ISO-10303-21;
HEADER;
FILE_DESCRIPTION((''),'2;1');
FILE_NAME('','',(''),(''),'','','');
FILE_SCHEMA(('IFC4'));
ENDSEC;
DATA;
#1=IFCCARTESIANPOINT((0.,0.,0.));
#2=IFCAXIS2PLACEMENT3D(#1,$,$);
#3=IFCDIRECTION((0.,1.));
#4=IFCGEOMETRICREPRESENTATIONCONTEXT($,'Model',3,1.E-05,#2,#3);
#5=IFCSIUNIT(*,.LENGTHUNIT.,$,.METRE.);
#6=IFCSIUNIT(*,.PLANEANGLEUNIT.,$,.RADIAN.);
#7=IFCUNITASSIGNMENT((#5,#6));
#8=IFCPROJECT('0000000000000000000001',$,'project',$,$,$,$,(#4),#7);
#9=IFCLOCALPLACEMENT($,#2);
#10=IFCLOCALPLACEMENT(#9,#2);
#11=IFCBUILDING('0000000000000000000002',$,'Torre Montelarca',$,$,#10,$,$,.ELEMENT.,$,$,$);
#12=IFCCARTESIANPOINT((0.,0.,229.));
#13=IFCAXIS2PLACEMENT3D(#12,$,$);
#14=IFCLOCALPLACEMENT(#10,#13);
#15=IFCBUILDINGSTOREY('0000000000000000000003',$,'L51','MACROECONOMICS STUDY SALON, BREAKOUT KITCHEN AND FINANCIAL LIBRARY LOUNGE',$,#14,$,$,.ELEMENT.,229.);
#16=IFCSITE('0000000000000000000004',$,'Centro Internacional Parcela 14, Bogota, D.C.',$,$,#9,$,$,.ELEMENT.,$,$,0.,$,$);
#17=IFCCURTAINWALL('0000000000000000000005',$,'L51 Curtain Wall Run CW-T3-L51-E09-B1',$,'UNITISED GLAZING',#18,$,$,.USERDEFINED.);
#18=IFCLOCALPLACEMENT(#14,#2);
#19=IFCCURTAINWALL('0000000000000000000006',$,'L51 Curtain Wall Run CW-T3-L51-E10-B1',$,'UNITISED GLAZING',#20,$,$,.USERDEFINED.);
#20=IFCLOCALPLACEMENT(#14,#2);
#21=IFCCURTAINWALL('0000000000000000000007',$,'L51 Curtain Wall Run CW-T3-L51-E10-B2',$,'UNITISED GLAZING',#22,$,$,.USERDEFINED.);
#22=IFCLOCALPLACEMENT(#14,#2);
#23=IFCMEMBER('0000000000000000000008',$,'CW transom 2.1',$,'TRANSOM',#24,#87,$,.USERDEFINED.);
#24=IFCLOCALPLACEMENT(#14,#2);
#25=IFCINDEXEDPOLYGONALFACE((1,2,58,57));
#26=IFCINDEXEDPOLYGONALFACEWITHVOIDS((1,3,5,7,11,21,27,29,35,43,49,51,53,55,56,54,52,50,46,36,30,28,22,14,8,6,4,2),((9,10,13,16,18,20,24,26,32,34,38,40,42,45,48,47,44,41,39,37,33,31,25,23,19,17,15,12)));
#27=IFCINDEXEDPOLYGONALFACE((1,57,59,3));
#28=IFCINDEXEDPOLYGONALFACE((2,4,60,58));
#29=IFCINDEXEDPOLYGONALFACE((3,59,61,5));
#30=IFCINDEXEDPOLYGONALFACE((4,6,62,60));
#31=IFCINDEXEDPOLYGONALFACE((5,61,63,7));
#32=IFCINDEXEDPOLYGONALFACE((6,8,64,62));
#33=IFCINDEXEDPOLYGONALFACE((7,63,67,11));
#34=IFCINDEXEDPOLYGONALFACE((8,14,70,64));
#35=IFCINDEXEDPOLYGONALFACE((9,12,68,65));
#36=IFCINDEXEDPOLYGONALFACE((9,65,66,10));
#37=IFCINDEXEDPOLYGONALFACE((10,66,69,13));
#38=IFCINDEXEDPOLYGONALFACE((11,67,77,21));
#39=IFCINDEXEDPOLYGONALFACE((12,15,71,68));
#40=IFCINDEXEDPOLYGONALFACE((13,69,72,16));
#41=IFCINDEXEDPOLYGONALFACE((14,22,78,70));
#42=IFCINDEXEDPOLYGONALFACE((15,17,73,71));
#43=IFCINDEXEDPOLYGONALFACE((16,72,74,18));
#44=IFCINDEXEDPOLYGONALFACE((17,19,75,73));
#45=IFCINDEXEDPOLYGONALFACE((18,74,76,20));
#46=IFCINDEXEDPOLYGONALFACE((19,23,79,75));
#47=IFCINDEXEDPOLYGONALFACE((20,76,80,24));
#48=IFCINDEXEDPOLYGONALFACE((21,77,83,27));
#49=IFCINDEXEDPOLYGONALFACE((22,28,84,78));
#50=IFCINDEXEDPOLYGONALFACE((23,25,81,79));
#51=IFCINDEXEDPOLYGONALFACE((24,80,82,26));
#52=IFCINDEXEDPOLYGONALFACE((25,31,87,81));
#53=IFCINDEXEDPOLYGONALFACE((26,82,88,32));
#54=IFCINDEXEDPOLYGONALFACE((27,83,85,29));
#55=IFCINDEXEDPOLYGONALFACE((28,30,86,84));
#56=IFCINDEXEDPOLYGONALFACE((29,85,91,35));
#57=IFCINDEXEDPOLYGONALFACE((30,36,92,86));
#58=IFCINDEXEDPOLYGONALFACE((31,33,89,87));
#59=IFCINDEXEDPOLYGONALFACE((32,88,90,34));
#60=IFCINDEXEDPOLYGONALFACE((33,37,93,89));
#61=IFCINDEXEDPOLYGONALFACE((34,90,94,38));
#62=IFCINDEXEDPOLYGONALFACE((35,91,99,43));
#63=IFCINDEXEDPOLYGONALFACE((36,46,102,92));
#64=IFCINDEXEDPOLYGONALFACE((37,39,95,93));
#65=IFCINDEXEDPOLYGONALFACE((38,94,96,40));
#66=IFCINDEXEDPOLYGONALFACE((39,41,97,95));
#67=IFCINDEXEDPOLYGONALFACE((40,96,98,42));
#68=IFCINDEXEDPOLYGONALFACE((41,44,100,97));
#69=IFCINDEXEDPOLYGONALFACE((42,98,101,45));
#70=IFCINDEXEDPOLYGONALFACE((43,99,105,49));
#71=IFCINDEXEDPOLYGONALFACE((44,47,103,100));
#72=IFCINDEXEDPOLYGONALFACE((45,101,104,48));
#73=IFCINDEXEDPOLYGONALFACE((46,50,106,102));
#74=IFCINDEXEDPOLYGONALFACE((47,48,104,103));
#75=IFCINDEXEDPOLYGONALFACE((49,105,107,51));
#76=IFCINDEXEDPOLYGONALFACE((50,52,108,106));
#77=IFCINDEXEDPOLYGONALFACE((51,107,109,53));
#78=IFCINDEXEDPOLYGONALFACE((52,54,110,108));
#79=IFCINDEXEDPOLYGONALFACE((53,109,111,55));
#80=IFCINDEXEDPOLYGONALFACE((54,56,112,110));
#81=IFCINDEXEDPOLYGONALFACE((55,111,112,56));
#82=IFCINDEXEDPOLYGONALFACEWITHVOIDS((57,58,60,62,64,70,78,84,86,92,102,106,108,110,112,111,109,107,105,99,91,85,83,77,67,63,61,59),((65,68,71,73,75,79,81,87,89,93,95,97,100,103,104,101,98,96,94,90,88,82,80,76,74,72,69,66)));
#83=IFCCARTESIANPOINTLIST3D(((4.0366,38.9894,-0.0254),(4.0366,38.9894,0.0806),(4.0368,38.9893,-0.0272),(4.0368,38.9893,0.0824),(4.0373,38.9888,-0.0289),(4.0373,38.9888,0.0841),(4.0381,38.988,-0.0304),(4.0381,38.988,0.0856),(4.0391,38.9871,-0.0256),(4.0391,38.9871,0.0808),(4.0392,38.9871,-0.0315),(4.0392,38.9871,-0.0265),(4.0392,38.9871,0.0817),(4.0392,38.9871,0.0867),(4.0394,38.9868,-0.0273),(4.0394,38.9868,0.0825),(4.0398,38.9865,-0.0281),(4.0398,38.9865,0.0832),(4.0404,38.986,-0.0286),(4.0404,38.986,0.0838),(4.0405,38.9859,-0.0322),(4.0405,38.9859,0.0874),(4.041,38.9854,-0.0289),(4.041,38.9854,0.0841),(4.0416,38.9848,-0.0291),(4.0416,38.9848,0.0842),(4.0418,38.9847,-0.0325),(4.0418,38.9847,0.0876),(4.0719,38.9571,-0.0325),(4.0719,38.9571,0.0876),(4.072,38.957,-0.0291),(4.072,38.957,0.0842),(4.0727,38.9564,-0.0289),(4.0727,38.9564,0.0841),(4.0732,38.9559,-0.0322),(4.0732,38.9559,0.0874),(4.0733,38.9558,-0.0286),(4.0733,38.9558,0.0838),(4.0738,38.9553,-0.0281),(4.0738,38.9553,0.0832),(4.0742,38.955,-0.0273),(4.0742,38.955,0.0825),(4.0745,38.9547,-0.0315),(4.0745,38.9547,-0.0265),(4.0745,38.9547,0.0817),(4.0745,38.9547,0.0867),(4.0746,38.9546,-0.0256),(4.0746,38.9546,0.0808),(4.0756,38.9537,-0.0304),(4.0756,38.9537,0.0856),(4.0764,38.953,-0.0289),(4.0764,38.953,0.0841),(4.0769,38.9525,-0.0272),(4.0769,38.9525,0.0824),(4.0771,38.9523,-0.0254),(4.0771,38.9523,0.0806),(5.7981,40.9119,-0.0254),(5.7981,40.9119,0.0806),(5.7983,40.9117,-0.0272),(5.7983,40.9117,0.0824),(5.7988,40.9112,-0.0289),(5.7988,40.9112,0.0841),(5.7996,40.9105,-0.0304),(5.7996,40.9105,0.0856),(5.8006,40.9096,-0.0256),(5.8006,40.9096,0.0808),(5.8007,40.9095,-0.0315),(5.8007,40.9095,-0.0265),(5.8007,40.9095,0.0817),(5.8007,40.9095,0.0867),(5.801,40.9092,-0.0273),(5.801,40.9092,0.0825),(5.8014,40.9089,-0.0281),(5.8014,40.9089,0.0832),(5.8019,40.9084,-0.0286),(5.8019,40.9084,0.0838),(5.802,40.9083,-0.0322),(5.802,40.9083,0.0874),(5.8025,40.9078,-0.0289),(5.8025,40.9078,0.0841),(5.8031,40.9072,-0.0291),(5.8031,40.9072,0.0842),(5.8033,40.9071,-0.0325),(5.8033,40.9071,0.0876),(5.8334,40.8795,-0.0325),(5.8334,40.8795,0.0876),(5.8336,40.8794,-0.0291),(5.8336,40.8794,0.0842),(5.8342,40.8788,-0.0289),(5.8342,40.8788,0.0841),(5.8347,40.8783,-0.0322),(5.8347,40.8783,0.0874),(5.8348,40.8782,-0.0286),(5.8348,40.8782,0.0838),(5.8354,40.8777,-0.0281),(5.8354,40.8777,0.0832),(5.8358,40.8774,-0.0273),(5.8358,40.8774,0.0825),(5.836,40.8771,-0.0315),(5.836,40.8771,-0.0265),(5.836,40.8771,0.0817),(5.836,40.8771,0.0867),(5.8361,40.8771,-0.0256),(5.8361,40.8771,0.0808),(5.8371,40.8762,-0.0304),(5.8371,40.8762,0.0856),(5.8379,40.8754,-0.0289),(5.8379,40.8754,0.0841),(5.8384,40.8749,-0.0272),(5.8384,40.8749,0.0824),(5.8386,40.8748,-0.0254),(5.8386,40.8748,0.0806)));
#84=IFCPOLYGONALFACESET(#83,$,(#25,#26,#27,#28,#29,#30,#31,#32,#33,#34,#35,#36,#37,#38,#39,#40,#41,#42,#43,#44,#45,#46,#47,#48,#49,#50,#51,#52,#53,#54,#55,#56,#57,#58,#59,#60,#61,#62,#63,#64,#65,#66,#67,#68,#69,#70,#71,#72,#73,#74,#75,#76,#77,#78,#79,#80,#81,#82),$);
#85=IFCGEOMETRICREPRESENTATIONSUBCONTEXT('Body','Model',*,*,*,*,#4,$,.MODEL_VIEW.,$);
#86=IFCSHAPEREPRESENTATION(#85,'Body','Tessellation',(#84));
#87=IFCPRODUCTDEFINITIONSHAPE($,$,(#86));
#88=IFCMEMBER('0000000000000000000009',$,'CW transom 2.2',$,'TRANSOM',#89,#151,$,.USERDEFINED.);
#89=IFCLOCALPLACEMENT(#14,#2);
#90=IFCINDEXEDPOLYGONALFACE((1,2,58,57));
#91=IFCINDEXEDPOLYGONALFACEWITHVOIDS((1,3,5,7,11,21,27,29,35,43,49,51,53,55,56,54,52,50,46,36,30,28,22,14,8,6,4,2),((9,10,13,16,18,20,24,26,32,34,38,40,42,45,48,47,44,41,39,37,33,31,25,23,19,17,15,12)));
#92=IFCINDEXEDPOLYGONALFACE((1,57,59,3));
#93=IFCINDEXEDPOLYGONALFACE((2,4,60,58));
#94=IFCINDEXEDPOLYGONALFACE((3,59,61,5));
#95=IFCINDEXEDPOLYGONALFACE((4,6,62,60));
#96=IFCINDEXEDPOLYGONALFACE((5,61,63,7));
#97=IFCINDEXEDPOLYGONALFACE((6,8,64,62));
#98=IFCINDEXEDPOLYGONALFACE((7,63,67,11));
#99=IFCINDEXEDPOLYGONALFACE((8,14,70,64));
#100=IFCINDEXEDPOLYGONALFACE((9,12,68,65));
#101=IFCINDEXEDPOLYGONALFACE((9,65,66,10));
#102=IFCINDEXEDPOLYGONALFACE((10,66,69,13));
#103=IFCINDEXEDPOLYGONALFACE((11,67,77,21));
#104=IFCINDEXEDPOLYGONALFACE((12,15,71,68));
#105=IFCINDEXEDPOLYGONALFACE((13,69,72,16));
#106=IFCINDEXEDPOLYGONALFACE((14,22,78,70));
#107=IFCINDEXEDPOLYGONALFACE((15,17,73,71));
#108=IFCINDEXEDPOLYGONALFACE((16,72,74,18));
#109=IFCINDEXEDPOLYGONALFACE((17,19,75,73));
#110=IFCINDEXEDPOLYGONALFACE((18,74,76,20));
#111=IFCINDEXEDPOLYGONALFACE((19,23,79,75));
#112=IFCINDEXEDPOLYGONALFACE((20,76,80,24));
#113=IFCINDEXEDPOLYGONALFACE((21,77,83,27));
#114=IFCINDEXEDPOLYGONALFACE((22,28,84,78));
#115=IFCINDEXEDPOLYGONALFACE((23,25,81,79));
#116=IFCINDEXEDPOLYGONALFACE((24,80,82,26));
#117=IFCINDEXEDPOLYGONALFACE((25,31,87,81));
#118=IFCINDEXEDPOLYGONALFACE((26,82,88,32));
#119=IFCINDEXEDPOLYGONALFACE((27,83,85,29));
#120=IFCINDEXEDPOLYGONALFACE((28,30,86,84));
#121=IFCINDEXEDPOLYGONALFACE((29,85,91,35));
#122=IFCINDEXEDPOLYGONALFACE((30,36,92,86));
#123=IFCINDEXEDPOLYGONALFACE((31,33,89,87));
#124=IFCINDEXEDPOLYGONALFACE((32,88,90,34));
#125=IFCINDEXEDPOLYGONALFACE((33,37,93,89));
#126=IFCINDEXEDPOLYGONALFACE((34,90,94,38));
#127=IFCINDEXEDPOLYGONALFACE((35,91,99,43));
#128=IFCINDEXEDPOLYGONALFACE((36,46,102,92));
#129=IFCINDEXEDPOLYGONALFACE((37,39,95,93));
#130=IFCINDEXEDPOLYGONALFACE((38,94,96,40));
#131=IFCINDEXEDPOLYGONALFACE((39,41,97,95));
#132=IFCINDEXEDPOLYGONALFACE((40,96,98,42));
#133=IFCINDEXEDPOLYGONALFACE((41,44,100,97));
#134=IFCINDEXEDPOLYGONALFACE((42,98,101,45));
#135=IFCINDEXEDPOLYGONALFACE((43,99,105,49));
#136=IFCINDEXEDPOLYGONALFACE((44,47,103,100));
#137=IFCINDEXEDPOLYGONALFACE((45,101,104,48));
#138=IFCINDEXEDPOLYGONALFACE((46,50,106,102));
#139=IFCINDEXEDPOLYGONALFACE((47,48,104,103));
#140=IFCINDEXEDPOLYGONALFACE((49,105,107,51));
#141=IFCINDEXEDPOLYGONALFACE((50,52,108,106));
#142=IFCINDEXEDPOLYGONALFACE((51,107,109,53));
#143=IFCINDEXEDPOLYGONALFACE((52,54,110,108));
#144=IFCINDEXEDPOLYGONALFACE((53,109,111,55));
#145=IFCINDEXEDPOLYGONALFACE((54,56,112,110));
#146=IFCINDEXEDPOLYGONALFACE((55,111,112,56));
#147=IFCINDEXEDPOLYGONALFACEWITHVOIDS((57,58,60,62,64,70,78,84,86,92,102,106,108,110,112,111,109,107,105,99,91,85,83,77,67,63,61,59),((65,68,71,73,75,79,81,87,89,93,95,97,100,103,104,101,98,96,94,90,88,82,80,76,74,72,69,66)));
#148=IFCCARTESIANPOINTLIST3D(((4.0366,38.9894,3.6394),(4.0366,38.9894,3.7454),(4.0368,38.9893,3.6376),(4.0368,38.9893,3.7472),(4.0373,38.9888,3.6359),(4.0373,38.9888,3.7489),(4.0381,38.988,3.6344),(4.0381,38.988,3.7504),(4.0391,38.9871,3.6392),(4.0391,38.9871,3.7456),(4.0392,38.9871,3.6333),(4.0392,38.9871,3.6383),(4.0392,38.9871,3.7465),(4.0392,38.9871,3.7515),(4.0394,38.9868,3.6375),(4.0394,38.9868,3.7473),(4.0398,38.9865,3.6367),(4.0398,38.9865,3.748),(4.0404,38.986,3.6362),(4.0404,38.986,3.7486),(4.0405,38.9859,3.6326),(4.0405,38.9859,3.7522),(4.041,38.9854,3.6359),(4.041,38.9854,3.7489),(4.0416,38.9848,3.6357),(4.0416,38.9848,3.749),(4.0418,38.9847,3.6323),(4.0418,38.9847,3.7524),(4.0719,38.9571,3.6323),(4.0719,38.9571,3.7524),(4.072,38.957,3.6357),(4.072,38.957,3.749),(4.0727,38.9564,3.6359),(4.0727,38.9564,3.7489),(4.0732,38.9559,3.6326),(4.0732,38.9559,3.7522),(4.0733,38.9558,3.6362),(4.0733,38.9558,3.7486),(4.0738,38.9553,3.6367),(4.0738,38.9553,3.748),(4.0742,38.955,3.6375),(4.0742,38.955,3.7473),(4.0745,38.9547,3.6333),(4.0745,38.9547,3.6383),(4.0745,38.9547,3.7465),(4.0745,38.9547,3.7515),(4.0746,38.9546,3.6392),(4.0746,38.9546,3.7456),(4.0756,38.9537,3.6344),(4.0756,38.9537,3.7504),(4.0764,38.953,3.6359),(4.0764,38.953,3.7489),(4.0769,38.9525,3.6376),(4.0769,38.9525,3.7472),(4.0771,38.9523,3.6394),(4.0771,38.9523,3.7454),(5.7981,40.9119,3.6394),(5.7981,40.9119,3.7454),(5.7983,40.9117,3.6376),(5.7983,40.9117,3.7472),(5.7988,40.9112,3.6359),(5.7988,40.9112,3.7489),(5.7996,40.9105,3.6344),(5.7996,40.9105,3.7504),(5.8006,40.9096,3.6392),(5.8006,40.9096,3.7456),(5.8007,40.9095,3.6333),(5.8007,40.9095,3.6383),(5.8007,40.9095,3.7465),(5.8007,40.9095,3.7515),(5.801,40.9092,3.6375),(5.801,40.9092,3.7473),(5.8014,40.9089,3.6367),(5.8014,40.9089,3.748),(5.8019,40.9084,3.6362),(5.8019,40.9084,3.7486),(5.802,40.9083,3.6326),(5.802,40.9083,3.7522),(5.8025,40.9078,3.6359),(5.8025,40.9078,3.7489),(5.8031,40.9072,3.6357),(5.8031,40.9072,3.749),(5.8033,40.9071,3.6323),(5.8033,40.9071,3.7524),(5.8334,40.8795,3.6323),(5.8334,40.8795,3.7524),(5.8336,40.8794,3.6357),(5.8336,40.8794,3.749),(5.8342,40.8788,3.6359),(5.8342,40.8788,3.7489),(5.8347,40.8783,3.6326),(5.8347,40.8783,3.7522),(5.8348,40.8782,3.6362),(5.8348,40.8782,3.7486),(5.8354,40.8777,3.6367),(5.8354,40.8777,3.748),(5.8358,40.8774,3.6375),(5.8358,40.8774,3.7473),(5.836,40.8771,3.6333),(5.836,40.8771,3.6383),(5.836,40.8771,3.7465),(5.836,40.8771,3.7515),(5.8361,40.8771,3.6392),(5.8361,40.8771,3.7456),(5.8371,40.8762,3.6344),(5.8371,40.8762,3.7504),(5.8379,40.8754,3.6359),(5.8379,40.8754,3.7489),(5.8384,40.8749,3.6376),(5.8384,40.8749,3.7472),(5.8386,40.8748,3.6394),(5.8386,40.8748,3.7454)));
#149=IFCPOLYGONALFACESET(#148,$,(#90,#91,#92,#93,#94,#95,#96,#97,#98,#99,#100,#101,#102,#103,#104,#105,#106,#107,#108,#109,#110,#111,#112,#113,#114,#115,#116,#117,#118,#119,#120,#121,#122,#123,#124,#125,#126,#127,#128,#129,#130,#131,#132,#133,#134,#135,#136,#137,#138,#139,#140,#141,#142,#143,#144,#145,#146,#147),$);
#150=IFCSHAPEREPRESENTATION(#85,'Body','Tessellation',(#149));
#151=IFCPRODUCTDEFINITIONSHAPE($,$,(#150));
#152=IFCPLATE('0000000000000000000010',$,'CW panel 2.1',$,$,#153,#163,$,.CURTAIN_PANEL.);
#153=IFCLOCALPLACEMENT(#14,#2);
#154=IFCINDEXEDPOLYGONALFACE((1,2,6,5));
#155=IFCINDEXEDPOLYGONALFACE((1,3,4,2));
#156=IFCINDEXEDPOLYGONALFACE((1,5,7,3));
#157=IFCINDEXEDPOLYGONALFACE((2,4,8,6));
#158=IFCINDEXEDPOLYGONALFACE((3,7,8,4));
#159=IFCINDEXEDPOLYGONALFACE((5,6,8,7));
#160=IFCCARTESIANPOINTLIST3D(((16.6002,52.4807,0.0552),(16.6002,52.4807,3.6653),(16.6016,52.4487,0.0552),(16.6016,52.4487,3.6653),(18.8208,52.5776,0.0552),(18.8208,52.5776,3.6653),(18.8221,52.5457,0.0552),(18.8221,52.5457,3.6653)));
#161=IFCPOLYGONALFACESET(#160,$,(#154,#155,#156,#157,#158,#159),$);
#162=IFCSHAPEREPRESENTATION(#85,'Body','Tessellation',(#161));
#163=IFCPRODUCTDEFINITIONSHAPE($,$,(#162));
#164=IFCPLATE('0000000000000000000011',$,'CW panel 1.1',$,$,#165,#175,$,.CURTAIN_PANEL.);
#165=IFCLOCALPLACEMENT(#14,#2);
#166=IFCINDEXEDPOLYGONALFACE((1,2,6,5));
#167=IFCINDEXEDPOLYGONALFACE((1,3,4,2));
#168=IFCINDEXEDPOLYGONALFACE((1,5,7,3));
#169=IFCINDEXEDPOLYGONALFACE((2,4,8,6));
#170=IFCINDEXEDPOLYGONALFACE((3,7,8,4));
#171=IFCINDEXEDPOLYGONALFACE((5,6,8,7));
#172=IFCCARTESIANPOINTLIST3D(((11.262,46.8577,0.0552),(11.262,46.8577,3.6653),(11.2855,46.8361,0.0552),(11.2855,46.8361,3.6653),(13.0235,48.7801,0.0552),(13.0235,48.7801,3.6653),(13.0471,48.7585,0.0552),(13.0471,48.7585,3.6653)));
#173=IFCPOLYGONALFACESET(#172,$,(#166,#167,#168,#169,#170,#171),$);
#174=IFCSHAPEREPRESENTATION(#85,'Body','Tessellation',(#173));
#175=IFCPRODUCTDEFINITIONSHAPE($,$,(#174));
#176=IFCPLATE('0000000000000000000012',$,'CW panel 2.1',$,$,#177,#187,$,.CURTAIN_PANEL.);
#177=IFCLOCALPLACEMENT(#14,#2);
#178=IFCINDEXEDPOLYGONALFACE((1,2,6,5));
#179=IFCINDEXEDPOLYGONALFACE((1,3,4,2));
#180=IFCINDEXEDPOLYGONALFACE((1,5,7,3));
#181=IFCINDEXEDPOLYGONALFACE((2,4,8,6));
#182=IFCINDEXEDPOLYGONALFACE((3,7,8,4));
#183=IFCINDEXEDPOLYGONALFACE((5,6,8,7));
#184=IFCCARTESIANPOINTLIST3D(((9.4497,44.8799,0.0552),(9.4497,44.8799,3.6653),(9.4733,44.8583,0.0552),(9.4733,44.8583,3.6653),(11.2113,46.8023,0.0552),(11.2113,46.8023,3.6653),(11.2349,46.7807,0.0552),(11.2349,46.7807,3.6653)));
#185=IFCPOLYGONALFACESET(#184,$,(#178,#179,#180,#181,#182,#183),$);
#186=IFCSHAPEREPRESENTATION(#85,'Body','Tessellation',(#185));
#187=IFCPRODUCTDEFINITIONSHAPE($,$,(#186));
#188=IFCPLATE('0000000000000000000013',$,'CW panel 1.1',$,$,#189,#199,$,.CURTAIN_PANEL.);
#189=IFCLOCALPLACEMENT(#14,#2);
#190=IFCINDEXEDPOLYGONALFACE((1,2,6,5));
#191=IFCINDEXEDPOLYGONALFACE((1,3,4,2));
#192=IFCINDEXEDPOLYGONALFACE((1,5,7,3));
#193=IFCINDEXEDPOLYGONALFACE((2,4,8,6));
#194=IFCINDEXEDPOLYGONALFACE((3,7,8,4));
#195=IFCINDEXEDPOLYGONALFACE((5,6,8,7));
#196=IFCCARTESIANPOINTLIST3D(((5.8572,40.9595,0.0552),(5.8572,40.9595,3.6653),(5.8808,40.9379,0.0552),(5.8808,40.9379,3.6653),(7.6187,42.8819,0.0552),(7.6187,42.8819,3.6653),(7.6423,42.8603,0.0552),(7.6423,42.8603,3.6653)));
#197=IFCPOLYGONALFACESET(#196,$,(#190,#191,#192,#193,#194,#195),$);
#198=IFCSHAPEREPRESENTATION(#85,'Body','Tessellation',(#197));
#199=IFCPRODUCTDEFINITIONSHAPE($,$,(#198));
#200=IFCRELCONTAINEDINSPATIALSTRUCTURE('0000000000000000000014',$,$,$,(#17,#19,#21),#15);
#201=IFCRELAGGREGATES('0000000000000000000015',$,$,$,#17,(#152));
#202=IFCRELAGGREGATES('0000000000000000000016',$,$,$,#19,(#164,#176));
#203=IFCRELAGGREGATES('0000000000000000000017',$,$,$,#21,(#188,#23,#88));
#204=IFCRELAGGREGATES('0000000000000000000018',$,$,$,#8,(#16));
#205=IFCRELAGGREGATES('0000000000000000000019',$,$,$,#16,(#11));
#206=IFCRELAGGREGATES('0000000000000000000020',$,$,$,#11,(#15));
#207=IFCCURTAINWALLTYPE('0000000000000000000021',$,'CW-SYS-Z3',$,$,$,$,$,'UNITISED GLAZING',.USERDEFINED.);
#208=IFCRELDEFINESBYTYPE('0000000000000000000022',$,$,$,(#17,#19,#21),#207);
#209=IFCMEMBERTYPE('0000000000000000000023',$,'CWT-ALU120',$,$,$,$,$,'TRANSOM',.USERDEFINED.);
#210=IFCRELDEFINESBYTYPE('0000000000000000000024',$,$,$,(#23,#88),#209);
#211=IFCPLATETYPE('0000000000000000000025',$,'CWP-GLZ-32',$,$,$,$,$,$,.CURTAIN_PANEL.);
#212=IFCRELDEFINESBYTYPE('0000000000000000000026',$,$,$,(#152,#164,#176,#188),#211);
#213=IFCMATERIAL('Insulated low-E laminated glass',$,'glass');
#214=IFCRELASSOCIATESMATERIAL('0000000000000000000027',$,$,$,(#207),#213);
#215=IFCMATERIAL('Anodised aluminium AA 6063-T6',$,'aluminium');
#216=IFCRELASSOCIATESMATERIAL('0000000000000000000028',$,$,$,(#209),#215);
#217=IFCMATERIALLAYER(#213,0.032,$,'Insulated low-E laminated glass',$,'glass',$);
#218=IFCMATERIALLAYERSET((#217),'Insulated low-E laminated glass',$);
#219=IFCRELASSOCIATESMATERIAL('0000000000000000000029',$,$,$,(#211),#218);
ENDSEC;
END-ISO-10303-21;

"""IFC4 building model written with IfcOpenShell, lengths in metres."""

from ifc_helpers import new_model, si_unit, direction, frame, origin, origin_2d, place, context, subcontext, project, spatial, rectangle, hollow_rectangle, extrude, source, transform, mapped, material, layer, layer_set, material_profile, profile_set, type_object, element, aggregate, save


model = new_model("IFC4")

# Units and contexts
model_context = context("Model", 3, precision=1e-05, world=origin(), true_north=direction((0.0, 1.0)))
body_context = subcontext(model_context, "Body", "Model", "MODEL_VIEW")
ifc_project = project(units=[si_unit("LENGTHUNIT", "METRE"), si_unit("PLANEANGLEUNIT", "RADIAN")], contexts=[model_context])

# Site, building, storey
site_placement = place(None, origin())
site = spatial("IfcSite", under=ifc_project, at=site_placement, Name="Centro Internacional Parcela 14, Bogota, D.C.", CompositionType="ELEMENT", RefElevation=0.0)
building_placement = place(site_placement, origin())
building = spatial("IfcBuilding", under=site, at=building_placement, Name="Torre Montelarca", CompositionType="ELEMENT")
storey_placement = place(building_placement, frame((0.0, 0.0, 229.0)))
storey = spatial("IfcBuildingStorey", under=building, at=storey_placement, Name="L51", Description="MACROECONOMICS STUDY SALON, BREAKOUT KITCHEN AND FINANCIAL LIBRARY LOUNGE", CompositionType="ELEMENT", Elevation=229.0)

# Curtain wall
ifc_material_1 = material(Name="Insulated low-E laminated glass", Category="glass")
curtain_wall_type = type_object("IfcCurtainWallType", Name="CW-SYS-Z3", ElementType="UNITISED GLAZING", PredefinedType="USERDEFINED", material=ifc_material_1)
curtain_wall_1_placement = place(storey_placement, origin())
curtain_wall_1 = element("IfcCurtainWall", 1, at=curtain_wall_1_placement, inside=storey, type_object=curtain_wall_type, Name="L51 Curtain Wall Run CW-T3-L51-E09-B1", ObjectType="UNITISED GLAZING", PredefinedType="USERDEFINED")
ifc_material_2 = material(Name="Anodised aluminium AA 6063-T6", Category="aluminium")

# Curtain walls
curtain_wall_2_placement = place(storey_placement, origin())
curtain_wall_2 = element("IfcCurtainWall", 2, at=curtain_wall_2_placement, inside=storey, type_object=curtain_wall_type, Name="L51 Curtain Wall Run CW-T3-L51-E10-B1", ObjectType="UNITISED GLAZING", PredefinedType="USERDEFINED")
curtain_wall_3_placement = place(storey_placement, origin())
curtain_wall_3 = element("IfcCurtainWall", 3, at=curtain_wall_3_placement, inside=storey, type_object=curtain_wall_type, Name="L51 Curtain Wall Run CW-T3-L51-E10-B2", ObjectType="UNITISED GLAZING", PredefinedType="USERDEFINED")

# Members
ifc_material_profile_1 = material_profile(ifc_material_2, hollow_rectangle(XDim=0.0549, YDim=0.1201, WallThickness=0.0034, InnerFilletRadius=0.0034, OuterFilletRadius=0.0071, at=origin_2d()), Name="ALU55X120X3.5", Category="aluminium")
ifc_profile_set_1 = profile_set([ifc_material_profile_1], Name="Anodised aluminium AA 6063-T6")
member_type_1 = type_object("IfcMemberType", Name="CWT-ALU120", ElementType="TRANSOM", PredefinedType="USERDEFINED", material=ifc_profile_set_1)
shared_shape_1 = source(origin(), body_context, "Body", "SweptSolid", [
    extrude(hollow_rectangle(XDim=0.0549, YDim=0.1201, WallThickness=0.0034, InnerFilletRadius=0.0034, OuterFilletRadius=0.0071, at=origin_2d()), origin(), (0.0, 0.0, 1.0), 2.6074),
])
member_1_placement = place(storey_placement, frame((5.8184, 40.8933, 0.0276), z_axis=(-0.67558, -0.737286, 0.0), x_axis=(0.737286, -0.67558, 0.0)))
member_1 = element("IfcMember", 4, at=member_1_placement, type_object=member_type_1, Name="CW transom 2.1", ObjectType="TRANSOM", PredefinedType="USERDEFINED", context=body_context, shape_type="MappedRepresentation", body=[
    mapped(shared_shape_1, transform((0.0, 0.0, 0.0), scale=1.0)),
])
member_2_placement = place(storey_placement, frame((5.8184, 40.8933, 3.6924), z_axis=(-0.67558, -0.737286, 0.0), x_axis=(0.737286, -0.67558, 0.0)))
member_2 = element("IfcMember", 5, at=member_2_placement, type_object=member_type_1, Name="CW transom 2.2", ObjectType="TRANSOM", PredefinedType="USERDEFINED", context=body_context, shape_type="MappedRepresentation", body=[
    mapped(shared_shape_1, transform((0.0, 0.0, 0.0), scale=1.0)),
])

# Plates
ifc_layer_1 = layer(ifc_material_1, 0.032, Name="Insulated low-E laminated glass", Category="glass")
ifc_layer_set_1 = layer_set([ifc_layer_1], Name="Insulated low-E laminated glass")
plate_type = type_object("IfcPlateType", Name="CWP-GLZ-32", PredefinedType="CURTAIN_PANEL", material=ifc_layer_set_1)
shared_shape_2 = source(origin(), body_context, "Body", "SweptSolid", [
    extrude(rectangle(XDim=2.2227, YDim=0.032, at=origin_2d()), origin(), (0.0, 0.0, 1.0), 3.6101),
])
plate_1_placement = place(storey_placement, frame((17.7112, 52.5132, 0.0552), z_axis=(0.0, 0.0, 1.0), x_axis=(-0.999048, -0.043614, 0.0)))
plate_1 = element("IfcPlate", 6, at=plate_1_placement, type_object=plate_type, Name="CW panel 2.1", PredefinedType="CURTAIN_PANEL", context=body_context, shape_type="MappedRepresentation", body=[
    mapped(shared_shape_2, transform((0.0, 0.0, 0.0), scale=1.0)),
])
aggregate(curtain_wall_1, [plate_1])
shared_shape_3 = source(origin(), body_context, "Body", "SweptSolid", [
    extrude(rectangle(XDim=2.6074, YDim=0.032, at=origin_2d()), origin(), (0.0, 0.0, 1.0), 3.6101),
])
plate_2_placement = place(storey_placement, frame((12.1545, 47.8081, 0.0552), z_axis=(0.0, 0.0, 1.0), x_axis=(-0.675597, -0.737271, 0.0)))
plate_2 = element("IfcPlate", 7, at=plate_2_placement, type_object=plate_type, Name="CW panel 1.1", PredefinedType="CURTAIN_PANEL", context=body_context, shape_type="MappedRepresentation", body=[
    mapped(shared_shape_3, transform((0.0, 0.0, 0.0), scale=1.0)),
])
plate_3_placement = place(storey_placement, frame((10.3423, 45.8303, 0.0552), z_axis=(0.0, 0.0, 1.0), x_axis=(-0.675597, -0.737271, 0.0)))
plate_3 = element("IfcPlate", 8, at=plate_3_placement, type_object=plate_type, Name="CW panel 2.1", PredefinedType="CURTAIN_PANEL", context=body_context, shape_type="MappedRepresentation", body=[
    mapped(shared_shape_3, transform((0.0, 0.0, 0.0), scale=1.0)),
])
aggregate(curtain_wall_2, [plate_2, plate_3])
plate_4_placement = place(storey_placement, frame((6.7498, 41.9099, 0.0552), z_axis=(0.0, 0.0, 1.0), x_axis=(-0.675588, -0.737279, 0.0)))
plate_4 = element("IfcPlate", 9, at=plate_4_placement, type_object=plate_type, Name="CW panel 1.1", PredefinedType="CURTAIN_PANEL", context=body_context, shape_type="MappedRepresentation", body=[
    mapped(shared_shape_3, transform((0.0, 0.0, 0.0), scale=1.0)),
])
aggregate(curtain_wall_3, [plate_4, member_1, member_2])

save(model, "model.ifc")
